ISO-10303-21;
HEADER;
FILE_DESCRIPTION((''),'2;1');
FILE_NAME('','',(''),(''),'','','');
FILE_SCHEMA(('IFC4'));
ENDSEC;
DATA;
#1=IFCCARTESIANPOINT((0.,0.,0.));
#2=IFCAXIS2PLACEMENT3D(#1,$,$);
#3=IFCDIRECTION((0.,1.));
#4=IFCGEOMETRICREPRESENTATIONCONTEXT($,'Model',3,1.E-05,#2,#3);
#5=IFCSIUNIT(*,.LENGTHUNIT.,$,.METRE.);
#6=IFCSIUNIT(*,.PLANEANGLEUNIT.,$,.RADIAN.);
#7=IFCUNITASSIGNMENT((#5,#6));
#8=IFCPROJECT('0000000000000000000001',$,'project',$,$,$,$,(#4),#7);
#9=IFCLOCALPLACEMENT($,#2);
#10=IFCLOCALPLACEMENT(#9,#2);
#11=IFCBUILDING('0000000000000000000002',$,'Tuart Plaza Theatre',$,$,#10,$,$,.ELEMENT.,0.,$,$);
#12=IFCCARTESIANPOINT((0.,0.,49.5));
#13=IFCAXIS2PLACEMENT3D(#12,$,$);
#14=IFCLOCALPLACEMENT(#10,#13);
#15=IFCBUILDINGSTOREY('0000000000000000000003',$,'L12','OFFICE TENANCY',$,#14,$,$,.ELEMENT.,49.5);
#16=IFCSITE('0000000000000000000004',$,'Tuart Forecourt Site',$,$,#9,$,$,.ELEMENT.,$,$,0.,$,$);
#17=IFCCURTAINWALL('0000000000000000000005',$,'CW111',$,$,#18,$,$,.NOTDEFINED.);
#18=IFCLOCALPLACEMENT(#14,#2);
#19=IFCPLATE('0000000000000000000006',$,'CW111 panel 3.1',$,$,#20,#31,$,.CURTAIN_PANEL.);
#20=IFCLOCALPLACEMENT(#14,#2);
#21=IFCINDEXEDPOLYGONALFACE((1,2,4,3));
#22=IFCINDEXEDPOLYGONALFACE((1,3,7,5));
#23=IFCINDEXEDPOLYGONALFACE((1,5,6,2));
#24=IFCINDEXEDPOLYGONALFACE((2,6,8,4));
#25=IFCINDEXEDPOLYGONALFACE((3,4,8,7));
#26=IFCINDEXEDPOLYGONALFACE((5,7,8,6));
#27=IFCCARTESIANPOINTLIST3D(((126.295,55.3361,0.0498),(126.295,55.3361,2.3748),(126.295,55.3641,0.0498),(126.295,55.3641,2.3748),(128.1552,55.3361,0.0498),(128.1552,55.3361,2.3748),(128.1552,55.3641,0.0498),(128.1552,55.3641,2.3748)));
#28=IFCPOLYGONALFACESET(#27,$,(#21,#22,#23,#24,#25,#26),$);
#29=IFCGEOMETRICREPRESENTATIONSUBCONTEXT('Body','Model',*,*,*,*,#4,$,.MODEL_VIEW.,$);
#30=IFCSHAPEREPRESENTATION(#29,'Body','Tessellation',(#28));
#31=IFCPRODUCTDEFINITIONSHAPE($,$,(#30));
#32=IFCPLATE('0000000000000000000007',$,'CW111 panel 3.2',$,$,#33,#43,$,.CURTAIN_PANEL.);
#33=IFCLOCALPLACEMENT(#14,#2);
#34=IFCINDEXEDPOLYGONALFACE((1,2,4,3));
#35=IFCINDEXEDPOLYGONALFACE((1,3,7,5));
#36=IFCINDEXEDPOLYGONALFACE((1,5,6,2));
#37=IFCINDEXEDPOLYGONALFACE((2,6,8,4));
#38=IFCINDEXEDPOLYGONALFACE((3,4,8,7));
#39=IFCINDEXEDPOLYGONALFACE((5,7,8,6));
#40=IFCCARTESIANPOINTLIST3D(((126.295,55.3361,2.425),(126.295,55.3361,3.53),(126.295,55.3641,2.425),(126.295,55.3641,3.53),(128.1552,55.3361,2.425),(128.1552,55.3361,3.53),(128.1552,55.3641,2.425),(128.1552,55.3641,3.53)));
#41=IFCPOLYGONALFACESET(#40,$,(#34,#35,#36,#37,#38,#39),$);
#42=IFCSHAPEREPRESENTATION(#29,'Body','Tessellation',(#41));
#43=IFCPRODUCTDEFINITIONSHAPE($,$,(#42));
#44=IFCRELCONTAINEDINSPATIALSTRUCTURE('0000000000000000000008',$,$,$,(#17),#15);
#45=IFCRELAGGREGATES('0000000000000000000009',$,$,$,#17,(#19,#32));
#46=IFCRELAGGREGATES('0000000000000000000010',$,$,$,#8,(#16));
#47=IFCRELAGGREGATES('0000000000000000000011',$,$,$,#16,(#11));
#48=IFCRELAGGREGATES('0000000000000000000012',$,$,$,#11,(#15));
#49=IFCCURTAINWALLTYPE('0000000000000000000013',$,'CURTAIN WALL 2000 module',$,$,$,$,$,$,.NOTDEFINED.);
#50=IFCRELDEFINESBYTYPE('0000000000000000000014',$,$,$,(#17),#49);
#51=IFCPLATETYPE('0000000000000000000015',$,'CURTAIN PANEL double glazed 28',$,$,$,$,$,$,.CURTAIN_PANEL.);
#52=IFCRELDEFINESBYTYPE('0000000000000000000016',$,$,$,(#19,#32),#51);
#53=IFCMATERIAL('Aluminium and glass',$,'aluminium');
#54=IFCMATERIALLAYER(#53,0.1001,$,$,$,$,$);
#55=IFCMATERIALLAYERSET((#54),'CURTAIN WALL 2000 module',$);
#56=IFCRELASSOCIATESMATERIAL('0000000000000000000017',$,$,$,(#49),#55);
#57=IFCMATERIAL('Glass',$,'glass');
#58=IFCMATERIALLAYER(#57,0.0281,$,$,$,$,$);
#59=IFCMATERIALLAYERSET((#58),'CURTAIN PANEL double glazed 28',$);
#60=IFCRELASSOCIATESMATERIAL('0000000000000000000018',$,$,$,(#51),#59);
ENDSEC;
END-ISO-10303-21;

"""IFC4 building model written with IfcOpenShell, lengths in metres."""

from ifc_helpers import new_model, si_unit, direction, frame, origin, origin_2d, place, context, subcontext, project, spatial, rectangle, extrude, material, layer, layer_set, type_object, element, aggregate, save


model = new_model("IFC4")

# Units and contexts
model_context = context("Model", 3, precision=1e-05, world=origin(), true_north=direction((0.0, 1.0)))
body_context = subcontext(model_context, "Body", "Model", "MODEL_VIEW")
ifc_project = project(units=[si_unit("LENGTHUNIT", "METRE"), si_unit("PLANEANGLEUNIT", "RADIAN")], contexts=[model_context])

# Site, building, storey
site_placement = place(None, origin())
site = spatial("IfcSite", under=ifc_project, at=site_placement, Name="Tuart Forecourt Site", CompositionType="ELEMENT", RefElevation=0.0)
building_placement = place(site_placement, origin())
building = spatial("IfcBuilding", under=site, at=building_placement, Name="Tuart Plaza Theatre", CompositionType="ELEMENT", ElevationOfRefHeight=0.0)
storey_placement = place(building_placement, frame((0.0, 0.0, 49.5)))
storey = spatial("IfcBuildingStorey", under=building, at=storey_placement, Name="L12", Description="OFFICE TENANCY", CompositionType="ELEMENT", Elevation=49.5)

# Curtain wall, plates
ifc_material_1 = material(Name="Aluminium and glass", Category="aluminium")
ifc_layer_1 = layer(ifc_material_1, 0.1001)
ifc_layer_set_1 = layer_set([ifc_layer_1], Name="CURTAIN WALL 2000 module")
curtain_wall_type = type_object("IfcCurtainWallType", Name="CURTAIN WALL 2000 module", PredefinedType="NOTDEFINED", material=ifc_layer_set_1)
curtain_wall_placement = place(storey_placement, origin())
curtain_wall = element("IfcCurtainWall", 1, at=curtain_wall_placement, inside=storey, type_object=curtain_wall_type, Name="CW111", PredefinedType="NOTDEFINED")
ifc_material_2 = material(Name="Glass", Category="glass")
ifc_layer_2 = layer(ifc_material_2, 0.0281)
ifc_layer_set_2 = layer_set([ifc_layer_2], Name="CURTAIN PANEL double glazed 28")
plate_type = type_object("IfcPlateType", Name="CURTAIN PANEL double glazed 28", PredefinedType="CURTAIN_PANEL", material=ifc_layer_set_2)
plate_1_placement = place(storey_placement, frame((127.2251, 55.3501, 0.0498), z_axis=(0.0, 0.0, 1.0), x_axis=(1.0, 0.0, 0.0)))
plate_1 = element("IfcPlate", 2, at=plate_1_placement, type_object=plate_type, Name="CW111 panel 3.1", PredefinedType="CURTAIN_PANEL", context=body_context, shape_type="SweptSolid", body=[
    extrude(rectangle(XDim=1.8601, YDim=0.0281, at=origin_2d()), origin(), (0.0, 0.0, 1.0), 2.325),
])
plate_2_placement = place(storey_placement, frame((127.2251, 55.3501, 2.425), z_axis=(0.0, 0.0, 1.0), x_axis=(1.0, 0.0, 0.0)))
plate_2 = element("IfcPlate", 3, at=plate_2_placement, type_object=plate_type, Name="CW111 panel 3.2", PredefinedType="CURTAIN_PANEL", context=body_context, shape_type="SweptSolid", body=[
    extrude(rectangle(XDim=1.8601, YDim=0.0281, at=origin_2d()), origin(), (0.0, 0.0, 1.0), 1.105),
])
aggregate(curtain_wall, [plate_1, plate_2])

save(model, "model.ifc")
